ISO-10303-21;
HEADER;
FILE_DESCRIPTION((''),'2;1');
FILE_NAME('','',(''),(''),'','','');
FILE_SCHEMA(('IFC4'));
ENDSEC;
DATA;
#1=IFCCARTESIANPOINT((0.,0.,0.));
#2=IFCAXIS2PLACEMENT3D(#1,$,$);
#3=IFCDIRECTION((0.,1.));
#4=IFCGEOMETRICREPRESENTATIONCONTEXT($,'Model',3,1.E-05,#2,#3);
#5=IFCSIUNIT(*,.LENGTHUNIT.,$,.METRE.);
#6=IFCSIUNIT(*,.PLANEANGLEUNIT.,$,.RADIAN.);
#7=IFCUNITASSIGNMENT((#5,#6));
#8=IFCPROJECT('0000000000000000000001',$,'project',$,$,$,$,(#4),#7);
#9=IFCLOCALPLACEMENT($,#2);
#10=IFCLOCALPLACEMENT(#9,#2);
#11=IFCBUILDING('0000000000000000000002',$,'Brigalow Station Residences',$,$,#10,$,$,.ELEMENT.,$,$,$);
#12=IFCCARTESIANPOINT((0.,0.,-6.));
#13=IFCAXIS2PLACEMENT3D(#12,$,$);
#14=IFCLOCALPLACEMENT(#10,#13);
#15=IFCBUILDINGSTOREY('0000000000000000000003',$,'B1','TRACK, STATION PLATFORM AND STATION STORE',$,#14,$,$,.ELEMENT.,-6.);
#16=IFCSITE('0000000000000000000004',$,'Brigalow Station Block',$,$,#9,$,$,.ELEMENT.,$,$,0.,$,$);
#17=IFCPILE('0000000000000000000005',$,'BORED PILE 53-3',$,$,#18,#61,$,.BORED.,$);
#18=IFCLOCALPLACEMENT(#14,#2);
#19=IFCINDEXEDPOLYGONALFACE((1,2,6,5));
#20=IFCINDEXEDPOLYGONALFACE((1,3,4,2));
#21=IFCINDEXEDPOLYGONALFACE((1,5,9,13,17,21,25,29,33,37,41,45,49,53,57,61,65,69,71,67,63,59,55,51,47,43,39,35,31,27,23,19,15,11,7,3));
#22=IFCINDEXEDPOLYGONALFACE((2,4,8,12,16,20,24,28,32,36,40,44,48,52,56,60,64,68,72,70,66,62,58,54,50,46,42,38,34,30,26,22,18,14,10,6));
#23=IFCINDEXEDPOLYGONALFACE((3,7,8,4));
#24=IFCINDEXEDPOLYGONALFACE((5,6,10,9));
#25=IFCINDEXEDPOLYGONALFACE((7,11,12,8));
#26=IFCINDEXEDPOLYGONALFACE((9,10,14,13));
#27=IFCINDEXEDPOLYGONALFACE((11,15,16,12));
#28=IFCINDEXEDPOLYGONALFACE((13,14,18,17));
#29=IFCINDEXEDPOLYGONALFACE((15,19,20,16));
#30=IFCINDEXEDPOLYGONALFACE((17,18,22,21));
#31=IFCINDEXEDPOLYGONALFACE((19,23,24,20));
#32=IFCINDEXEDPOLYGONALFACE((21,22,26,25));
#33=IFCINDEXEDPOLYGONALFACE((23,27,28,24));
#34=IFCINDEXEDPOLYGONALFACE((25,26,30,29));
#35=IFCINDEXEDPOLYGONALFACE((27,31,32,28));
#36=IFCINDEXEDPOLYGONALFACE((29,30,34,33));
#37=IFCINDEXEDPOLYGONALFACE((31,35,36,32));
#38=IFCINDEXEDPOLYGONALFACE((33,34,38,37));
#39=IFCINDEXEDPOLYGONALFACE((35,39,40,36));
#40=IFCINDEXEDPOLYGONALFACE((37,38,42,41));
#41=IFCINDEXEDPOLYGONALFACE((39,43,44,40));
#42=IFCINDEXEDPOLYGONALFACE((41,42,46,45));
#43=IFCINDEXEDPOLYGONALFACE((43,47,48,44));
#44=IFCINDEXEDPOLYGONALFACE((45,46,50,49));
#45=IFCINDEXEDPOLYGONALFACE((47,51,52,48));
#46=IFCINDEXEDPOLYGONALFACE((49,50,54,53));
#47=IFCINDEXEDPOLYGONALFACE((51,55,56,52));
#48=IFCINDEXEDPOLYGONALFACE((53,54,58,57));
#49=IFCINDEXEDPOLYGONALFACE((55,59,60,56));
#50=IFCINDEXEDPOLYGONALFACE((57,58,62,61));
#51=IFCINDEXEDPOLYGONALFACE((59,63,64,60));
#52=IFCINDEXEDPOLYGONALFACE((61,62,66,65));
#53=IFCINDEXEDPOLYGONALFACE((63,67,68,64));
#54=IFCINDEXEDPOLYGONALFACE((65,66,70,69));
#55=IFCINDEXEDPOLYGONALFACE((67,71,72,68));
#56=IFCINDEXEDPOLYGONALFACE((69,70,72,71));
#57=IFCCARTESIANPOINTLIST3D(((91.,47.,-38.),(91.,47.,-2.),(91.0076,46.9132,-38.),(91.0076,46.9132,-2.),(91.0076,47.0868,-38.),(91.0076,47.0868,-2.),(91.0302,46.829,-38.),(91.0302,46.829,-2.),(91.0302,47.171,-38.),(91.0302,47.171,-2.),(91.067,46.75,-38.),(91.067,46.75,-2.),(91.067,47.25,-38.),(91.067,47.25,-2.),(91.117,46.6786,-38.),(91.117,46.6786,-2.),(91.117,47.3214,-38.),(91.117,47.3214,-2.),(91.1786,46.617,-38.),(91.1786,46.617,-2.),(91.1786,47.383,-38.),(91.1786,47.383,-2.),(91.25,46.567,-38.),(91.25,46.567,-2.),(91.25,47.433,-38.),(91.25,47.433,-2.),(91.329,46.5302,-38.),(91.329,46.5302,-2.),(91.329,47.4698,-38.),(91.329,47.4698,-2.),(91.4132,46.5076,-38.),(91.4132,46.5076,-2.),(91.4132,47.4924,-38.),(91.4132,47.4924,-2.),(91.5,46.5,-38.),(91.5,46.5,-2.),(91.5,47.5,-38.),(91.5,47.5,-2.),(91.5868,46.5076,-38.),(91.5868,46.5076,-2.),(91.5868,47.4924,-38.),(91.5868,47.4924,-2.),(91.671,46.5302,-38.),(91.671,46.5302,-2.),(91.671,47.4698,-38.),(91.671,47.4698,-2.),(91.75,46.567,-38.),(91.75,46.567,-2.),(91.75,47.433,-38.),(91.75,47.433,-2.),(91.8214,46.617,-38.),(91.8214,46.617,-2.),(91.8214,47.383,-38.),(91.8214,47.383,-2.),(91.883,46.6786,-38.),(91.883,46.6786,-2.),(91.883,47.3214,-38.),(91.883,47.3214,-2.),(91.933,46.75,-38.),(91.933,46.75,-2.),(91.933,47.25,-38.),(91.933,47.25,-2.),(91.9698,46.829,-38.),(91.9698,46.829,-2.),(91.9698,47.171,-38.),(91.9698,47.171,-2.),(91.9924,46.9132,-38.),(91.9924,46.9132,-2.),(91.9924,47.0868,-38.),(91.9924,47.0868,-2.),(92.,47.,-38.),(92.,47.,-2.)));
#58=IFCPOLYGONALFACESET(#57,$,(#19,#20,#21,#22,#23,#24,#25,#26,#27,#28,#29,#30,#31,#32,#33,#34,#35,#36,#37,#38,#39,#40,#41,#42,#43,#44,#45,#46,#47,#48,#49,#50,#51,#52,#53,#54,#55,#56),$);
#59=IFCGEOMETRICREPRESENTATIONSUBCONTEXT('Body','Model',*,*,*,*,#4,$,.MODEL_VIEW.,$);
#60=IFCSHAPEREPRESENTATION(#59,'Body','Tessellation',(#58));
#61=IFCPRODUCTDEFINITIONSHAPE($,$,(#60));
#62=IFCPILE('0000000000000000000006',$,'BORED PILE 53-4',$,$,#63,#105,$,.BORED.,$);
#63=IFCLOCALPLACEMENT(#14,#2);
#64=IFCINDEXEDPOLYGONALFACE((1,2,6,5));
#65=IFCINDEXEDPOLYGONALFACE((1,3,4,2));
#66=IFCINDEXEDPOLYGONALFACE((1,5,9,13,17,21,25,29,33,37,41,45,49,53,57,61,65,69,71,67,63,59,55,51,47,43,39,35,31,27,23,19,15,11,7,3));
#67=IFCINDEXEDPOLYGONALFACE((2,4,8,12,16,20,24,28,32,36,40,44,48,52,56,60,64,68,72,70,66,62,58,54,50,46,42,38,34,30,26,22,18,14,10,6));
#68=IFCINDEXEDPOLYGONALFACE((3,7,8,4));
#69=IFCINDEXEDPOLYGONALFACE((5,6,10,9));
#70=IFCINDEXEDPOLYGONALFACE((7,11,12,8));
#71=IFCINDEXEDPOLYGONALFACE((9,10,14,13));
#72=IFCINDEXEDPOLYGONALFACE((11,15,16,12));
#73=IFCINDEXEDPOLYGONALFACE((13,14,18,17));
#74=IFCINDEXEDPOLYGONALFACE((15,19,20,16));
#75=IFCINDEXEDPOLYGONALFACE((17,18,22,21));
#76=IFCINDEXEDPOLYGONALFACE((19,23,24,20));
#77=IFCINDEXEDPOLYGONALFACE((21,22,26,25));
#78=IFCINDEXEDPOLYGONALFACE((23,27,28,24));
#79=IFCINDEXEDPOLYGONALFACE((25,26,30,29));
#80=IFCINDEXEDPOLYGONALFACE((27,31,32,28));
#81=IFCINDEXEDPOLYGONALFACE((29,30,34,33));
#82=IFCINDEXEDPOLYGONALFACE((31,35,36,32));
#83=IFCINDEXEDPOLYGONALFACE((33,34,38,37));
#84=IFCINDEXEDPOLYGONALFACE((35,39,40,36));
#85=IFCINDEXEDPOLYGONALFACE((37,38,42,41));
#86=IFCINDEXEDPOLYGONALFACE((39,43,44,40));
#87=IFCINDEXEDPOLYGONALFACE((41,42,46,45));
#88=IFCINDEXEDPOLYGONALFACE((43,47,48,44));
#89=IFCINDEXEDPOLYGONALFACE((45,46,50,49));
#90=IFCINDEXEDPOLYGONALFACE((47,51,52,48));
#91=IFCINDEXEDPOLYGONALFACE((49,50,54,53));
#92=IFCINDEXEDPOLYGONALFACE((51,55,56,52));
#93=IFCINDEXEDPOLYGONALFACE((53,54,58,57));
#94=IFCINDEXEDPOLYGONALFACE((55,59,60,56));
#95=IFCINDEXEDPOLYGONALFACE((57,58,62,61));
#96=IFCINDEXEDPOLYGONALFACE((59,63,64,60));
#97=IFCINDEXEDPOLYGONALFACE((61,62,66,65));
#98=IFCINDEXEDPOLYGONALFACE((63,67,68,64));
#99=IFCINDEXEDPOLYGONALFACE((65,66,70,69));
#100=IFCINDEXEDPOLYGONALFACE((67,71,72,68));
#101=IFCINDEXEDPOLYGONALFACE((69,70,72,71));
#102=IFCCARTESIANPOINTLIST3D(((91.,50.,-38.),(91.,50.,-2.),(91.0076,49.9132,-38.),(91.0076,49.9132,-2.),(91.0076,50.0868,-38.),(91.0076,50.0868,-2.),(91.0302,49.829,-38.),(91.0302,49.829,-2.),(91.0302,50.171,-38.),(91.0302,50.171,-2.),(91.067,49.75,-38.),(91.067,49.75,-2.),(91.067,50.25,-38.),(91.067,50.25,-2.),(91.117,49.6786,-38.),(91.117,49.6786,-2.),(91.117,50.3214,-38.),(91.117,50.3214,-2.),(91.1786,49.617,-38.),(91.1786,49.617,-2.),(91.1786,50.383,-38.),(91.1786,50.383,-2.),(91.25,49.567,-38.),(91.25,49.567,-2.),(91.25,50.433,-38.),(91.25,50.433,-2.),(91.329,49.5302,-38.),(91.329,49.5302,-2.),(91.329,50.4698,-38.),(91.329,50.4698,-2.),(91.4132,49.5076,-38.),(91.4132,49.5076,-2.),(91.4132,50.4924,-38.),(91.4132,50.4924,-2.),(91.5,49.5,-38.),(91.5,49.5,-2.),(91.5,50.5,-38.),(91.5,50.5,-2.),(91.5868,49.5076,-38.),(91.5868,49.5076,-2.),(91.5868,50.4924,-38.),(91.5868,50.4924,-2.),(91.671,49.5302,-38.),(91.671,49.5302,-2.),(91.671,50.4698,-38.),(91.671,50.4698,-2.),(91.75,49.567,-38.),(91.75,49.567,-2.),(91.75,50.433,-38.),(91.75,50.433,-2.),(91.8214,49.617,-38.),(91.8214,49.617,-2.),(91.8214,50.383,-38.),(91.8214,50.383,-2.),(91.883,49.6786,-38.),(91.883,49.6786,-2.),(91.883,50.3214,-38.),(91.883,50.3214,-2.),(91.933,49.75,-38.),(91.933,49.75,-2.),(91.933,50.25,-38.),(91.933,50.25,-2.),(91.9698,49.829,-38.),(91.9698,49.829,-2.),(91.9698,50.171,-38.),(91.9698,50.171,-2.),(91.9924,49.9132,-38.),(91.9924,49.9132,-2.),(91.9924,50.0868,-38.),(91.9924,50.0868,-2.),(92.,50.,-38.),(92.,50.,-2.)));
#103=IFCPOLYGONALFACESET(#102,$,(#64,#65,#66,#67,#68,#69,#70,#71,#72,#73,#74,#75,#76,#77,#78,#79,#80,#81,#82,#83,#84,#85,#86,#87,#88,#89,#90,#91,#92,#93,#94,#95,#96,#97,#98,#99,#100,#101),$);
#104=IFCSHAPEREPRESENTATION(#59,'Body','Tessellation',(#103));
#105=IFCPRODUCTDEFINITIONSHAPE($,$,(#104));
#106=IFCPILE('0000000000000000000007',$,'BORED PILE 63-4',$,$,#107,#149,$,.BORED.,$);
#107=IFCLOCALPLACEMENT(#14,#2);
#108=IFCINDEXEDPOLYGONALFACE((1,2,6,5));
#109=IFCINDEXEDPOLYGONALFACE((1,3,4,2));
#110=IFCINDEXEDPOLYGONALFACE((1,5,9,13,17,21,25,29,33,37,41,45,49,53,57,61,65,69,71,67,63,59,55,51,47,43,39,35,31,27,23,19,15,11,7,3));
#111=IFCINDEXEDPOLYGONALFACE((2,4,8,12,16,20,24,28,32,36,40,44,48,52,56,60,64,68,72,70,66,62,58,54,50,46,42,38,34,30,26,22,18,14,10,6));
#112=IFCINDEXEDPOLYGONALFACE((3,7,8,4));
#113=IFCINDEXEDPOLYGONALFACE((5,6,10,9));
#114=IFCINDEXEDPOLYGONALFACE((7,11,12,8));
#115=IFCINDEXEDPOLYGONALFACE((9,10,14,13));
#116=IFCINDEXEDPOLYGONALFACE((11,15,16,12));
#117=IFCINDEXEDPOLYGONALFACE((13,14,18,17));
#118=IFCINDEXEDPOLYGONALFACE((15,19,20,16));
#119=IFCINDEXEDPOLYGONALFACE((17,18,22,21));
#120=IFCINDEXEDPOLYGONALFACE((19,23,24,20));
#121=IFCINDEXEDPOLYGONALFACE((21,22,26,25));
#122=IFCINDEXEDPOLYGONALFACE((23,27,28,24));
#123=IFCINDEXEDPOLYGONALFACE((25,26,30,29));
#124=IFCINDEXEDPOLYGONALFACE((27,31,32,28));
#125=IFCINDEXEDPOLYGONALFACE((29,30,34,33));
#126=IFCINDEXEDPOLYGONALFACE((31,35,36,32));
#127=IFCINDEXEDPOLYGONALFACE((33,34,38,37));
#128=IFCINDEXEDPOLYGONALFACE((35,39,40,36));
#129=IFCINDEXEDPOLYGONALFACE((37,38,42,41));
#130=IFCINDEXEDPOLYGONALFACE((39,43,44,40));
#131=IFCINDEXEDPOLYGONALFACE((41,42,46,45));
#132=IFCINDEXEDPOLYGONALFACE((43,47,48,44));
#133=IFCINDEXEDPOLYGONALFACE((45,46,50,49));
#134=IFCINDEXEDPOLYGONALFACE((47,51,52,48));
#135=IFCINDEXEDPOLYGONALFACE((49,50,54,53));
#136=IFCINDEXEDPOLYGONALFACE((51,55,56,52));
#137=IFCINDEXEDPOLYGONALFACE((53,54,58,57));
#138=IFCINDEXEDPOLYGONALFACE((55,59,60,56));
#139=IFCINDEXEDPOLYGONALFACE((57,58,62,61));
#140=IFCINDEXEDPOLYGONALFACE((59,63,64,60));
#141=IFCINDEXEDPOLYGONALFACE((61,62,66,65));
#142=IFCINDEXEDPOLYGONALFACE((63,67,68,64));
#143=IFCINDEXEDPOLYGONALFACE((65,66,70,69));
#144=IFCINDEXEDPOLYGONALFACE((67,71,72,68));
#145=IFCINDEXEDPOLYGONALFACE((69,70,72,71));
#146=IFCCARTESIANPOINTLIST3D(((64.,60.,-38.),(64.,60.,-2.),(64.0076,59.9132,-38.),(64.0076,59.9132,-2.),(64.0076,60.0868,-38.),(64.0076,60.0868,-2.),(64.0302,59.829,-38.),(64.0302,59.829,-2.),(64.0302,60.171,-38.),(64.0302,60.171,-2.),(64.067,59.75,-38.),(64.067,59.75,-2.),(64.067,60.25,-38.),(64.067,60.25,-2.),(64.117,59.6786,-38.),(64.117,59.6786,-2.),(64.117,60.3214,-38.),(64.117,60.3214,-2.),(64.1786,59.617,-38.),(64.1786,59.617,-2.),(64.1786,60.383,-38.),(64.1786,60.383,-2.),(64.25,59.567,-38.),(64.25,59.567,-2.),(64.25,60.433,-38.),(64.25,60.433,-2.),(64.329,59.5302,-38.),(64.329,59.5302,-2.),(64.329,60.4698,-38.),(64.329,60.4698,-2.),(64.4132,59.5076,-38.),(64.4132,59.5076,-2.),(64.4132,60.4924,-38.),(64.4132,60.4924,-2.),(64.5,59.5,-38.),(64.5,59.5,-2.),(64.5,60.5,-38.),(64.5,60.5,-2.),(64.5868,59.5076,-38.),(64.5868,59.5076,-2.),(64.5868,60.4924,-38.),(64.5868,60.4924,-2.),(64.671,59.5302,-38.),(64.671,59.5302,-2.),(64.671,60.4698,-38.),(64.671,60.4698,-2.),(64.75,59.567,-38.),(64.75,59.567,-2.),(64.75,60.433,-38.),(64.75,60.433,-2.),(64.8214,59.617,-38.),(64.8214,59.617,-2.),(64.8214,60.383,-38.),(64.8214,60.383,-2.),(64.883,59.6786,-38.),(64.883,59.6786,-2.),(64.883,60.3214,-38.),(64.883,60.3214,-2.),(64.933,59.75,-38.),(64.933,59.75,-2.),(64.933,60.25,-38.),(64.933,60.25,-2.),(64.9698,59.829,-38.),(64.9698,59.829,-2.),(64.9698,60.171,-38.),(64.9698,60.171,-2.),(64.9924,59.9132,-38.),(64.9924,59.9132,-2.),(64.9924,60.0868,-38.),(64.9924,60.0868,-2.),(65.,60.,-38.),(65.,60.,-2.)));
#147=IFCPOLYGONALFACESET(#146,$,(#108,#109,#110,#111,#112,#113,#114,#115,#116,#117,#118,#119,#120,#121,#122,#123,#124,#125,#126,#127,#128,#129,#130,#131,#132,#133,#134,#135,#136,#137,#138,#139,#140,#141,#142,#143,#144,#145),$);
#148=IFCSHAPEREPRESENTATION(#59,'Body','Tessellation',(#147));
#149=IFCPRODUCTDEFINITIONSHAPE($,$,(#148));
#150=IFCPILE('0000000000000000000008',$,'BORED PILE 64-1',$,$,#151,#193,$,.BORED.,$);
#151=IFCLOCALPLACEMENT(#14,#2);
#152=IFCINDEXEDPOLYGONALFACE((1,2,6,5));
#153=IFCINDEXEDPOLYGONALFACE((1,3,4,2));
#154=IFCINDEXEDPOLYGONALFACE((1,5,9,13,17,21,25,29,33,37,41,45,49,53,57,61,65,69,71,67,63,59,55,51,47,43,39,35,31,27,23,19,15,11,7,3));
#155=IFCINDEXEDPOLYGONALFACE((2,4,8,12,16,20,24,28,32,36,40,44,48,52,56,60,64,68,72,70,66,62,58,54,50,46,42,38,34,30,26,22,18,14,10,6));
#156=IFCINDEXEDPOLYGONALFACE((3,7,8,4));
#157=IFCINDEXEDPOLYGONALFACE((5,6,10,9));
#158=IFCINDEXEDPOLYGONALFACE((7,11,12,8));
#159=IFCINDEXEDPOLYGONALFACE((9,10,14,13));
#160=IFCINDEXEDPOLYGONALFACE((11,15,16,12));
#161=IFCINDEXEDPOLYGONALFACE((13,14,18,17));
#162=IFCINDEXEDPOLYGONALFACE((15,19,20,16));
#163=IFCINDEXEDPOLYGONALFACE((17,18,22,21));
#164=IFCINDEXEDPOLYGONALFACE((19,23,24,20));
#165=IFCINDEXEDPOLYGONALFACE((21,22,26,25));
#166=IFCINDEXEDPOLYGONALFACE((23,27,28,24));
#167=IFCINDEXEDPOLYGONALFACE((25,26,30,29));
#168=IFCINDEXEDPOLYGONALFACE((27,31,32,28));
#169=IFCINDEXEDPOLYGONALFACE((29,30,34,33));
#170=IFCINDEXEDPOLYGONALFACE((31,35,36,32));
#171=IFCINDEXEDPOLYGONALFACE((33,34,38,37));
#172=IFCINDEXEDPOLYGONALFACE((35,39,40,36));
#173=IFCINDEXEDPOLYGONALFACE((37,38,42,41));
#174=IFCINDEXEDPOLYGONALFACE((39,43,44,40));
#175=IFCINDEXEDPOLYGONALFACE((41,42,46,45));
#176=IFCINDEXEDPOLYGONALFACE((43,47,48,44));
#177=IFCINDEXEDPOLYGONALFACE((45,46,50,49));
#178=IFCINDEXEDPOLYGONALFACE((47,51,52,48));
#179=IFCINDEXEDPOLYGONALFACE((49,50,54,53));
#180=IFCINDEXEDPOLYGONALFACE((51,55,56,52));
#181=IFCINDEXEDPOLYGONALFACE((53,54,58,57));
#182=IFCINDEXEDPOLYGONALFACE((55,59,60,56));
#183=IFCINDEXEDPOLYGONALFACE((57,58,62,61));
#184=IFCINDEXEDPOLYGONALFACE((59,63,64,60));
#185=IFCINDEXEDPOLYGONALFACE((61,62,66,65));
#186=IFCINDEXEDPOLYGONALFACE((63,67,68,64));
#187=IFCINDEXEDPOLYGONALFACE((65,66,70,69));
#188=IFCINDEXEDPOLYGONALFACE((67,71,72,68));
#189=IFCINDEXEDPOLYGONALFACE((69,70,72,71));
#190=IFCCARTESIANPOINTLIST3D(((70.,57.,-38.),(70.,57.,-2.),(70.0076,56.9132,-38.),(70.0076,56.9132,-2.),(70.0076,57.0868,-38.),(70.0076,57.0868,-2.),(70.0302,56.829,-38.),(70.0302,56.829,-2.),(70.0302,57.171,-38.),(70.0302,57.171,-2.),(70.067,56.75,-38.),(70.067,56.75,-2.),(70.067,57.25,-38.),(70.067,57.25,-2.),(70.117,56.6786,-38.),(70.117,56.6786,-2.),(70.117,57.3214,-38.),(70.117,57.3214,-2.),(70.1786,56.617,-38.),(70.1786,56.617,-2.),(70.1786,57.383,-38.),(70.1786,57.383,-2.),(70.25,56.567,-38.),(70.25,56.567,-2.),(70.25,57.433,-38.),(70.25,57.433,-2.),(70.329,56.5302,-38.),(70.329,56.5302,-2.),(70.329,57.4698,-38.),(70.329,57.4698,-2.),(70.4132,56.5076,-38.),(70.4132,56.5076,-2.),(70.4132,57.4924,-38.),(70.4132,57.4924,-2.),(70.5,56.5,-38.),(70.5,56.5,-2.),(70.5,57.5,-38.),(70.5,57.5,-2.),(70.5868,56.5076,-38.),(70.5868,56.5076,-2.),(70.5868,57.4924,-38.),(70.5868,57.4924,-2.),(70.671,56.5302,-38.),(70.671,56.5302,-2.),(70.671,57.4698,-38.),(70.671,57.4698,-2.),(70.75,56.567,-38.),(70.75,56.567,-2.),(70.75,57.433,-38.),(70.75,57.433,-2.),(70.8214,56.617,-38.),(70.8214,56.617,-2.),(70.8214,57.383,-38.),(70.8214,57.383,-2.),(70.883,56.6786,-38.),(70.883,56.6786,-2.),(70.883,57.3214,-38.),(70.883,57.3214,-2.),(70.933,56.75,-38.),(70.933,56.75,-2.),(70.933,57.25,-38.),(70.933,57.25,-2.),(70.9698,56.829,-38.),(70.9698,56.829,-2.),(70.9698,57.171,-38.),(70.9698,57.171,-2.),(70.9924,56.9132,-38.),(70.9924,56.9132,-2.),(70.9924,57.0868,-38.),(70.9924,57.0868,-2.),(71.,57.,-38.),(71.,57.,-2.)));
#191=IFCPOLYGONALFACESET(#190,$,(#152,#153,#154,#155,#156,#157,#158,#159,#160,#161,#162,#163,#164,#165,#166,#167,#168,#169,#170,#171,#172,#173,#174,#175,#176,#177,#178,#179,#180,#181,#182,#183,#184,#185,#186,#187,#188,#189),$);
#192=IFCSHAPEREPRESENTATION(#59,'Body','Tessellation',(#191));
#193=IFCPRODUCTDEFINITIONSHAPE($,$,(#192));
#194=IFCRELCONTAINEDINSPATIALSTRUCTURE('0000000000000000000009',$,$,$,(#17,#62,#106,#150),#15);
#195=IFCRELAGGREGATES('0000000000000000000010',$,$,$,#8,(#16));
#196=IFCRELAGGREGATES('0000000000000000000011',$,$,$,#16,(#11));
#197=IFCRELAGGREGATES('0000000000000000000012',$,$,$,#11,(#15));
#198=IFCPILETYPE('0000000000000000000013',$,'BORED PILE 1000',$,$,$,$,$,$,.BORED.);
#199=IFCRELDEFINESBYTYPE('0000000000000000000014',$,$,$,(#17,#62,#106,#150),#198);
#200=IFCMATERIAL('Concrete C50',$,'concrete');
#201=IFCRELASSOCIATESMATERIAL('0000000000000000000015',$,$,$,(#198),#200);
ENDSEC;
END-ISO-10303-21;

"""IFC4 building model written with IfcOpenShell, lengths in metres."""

from ifc_helpers import new_model, si_unit, direction, frame, origin, origin_2d, place, context, subcontext, project, spatial, circle, extrude, material, material_profile, profile_set, type_object, element, save


model = new_model("IFC4")

# Units and contexts
model_context = context("Model", 3, precision=1e-05, world=origin(), true_north=direction((0.0, 1.0)))
body_context = subcontext(model_context, "Body", "Model", "MODEL_VIEW")
ifc_project = project(units=[si_unit("LENGTHUNIT", "METRE"), si_unit("PLANEANGLEUNIT", "RADIAN")], contexts=[model_context])

# Site, building, storey
site_placement = place(None, origin())
site = spatial("IfcSite", under=ifc_project, at=site_placement, Name="Brigalow Station Block", CompositionType="ELEMENT", RefElevation=0.0)
building_placement = place(site_placement, origin())
building = spatial("IfcBuilding", under=site, at=building_placement, Name="Brigalow Station Residences", CompositionType="ELEMENT")
storey_placement = place(building_placement, frame((0.0, 0.0, -6.0)))
storey = spatial("IfcBuildingStorey", under=building, at=storey_placement, Name="B1", Description="TRACK, STATION PLATFORM AND STATION STORE", CompositionType="ELEMENT", Elevation=-6.0)

# Piles
ifc_material_1 = material(Name="Concrete C50", Category="concrete")
ifc_material_profile_1 = material_profile(ifc_material_1, circle(Radius=0.5, at=origin_2d()), Name="BP1000")
ifc_profile_set_1 = profile_set([ifc_material_profile_1], Name="Concrete C50")
pile_type_1 = type_object("IfcPileType", Name="BORED PILE 1000", PredefinedType="BORED", material=ifc_profile_set_1)
for number, where, z_axis, x_axis, name in (
    (1, (91.5, 47.0, -2.0), (0.0, 0.0, -1.0), (1.0, 0.0, 0.0), "BORED PILE 53-3"),
    (2, (91.5, 50.0, -2.0), (0.0, 0.0, -1.0), (1.0, 0.0, 0.0), "BORED PILE 53-4"),
    (3, (64.5, 60.0, -2.0), (0.0, 0.0, -1.0), (1.0, 0.0, 0.0), "BORED PILE 63-4"),
    (4, (70.5, 57.0, -2.0), (0.0, 0.0, -1.0), (1.0, 0.0, 0.0), "BORED PILE 64-1"),
):
    element("IfcPile", number, at=place(storey_placement, frame(where, z_axis=z_axis, x_axis=x_axis)), inside=storey, type_object=pile_type_1, Name=name, PredefinedType="BORED", context=body_context, shape_type="SweptSolid", body=[
        extrude(circle(Radius=0.5, at=origin_2d()), origin(), (0.0, 0.0, 1.0), 36.0),
    ])

save(model, "model.ifc")
